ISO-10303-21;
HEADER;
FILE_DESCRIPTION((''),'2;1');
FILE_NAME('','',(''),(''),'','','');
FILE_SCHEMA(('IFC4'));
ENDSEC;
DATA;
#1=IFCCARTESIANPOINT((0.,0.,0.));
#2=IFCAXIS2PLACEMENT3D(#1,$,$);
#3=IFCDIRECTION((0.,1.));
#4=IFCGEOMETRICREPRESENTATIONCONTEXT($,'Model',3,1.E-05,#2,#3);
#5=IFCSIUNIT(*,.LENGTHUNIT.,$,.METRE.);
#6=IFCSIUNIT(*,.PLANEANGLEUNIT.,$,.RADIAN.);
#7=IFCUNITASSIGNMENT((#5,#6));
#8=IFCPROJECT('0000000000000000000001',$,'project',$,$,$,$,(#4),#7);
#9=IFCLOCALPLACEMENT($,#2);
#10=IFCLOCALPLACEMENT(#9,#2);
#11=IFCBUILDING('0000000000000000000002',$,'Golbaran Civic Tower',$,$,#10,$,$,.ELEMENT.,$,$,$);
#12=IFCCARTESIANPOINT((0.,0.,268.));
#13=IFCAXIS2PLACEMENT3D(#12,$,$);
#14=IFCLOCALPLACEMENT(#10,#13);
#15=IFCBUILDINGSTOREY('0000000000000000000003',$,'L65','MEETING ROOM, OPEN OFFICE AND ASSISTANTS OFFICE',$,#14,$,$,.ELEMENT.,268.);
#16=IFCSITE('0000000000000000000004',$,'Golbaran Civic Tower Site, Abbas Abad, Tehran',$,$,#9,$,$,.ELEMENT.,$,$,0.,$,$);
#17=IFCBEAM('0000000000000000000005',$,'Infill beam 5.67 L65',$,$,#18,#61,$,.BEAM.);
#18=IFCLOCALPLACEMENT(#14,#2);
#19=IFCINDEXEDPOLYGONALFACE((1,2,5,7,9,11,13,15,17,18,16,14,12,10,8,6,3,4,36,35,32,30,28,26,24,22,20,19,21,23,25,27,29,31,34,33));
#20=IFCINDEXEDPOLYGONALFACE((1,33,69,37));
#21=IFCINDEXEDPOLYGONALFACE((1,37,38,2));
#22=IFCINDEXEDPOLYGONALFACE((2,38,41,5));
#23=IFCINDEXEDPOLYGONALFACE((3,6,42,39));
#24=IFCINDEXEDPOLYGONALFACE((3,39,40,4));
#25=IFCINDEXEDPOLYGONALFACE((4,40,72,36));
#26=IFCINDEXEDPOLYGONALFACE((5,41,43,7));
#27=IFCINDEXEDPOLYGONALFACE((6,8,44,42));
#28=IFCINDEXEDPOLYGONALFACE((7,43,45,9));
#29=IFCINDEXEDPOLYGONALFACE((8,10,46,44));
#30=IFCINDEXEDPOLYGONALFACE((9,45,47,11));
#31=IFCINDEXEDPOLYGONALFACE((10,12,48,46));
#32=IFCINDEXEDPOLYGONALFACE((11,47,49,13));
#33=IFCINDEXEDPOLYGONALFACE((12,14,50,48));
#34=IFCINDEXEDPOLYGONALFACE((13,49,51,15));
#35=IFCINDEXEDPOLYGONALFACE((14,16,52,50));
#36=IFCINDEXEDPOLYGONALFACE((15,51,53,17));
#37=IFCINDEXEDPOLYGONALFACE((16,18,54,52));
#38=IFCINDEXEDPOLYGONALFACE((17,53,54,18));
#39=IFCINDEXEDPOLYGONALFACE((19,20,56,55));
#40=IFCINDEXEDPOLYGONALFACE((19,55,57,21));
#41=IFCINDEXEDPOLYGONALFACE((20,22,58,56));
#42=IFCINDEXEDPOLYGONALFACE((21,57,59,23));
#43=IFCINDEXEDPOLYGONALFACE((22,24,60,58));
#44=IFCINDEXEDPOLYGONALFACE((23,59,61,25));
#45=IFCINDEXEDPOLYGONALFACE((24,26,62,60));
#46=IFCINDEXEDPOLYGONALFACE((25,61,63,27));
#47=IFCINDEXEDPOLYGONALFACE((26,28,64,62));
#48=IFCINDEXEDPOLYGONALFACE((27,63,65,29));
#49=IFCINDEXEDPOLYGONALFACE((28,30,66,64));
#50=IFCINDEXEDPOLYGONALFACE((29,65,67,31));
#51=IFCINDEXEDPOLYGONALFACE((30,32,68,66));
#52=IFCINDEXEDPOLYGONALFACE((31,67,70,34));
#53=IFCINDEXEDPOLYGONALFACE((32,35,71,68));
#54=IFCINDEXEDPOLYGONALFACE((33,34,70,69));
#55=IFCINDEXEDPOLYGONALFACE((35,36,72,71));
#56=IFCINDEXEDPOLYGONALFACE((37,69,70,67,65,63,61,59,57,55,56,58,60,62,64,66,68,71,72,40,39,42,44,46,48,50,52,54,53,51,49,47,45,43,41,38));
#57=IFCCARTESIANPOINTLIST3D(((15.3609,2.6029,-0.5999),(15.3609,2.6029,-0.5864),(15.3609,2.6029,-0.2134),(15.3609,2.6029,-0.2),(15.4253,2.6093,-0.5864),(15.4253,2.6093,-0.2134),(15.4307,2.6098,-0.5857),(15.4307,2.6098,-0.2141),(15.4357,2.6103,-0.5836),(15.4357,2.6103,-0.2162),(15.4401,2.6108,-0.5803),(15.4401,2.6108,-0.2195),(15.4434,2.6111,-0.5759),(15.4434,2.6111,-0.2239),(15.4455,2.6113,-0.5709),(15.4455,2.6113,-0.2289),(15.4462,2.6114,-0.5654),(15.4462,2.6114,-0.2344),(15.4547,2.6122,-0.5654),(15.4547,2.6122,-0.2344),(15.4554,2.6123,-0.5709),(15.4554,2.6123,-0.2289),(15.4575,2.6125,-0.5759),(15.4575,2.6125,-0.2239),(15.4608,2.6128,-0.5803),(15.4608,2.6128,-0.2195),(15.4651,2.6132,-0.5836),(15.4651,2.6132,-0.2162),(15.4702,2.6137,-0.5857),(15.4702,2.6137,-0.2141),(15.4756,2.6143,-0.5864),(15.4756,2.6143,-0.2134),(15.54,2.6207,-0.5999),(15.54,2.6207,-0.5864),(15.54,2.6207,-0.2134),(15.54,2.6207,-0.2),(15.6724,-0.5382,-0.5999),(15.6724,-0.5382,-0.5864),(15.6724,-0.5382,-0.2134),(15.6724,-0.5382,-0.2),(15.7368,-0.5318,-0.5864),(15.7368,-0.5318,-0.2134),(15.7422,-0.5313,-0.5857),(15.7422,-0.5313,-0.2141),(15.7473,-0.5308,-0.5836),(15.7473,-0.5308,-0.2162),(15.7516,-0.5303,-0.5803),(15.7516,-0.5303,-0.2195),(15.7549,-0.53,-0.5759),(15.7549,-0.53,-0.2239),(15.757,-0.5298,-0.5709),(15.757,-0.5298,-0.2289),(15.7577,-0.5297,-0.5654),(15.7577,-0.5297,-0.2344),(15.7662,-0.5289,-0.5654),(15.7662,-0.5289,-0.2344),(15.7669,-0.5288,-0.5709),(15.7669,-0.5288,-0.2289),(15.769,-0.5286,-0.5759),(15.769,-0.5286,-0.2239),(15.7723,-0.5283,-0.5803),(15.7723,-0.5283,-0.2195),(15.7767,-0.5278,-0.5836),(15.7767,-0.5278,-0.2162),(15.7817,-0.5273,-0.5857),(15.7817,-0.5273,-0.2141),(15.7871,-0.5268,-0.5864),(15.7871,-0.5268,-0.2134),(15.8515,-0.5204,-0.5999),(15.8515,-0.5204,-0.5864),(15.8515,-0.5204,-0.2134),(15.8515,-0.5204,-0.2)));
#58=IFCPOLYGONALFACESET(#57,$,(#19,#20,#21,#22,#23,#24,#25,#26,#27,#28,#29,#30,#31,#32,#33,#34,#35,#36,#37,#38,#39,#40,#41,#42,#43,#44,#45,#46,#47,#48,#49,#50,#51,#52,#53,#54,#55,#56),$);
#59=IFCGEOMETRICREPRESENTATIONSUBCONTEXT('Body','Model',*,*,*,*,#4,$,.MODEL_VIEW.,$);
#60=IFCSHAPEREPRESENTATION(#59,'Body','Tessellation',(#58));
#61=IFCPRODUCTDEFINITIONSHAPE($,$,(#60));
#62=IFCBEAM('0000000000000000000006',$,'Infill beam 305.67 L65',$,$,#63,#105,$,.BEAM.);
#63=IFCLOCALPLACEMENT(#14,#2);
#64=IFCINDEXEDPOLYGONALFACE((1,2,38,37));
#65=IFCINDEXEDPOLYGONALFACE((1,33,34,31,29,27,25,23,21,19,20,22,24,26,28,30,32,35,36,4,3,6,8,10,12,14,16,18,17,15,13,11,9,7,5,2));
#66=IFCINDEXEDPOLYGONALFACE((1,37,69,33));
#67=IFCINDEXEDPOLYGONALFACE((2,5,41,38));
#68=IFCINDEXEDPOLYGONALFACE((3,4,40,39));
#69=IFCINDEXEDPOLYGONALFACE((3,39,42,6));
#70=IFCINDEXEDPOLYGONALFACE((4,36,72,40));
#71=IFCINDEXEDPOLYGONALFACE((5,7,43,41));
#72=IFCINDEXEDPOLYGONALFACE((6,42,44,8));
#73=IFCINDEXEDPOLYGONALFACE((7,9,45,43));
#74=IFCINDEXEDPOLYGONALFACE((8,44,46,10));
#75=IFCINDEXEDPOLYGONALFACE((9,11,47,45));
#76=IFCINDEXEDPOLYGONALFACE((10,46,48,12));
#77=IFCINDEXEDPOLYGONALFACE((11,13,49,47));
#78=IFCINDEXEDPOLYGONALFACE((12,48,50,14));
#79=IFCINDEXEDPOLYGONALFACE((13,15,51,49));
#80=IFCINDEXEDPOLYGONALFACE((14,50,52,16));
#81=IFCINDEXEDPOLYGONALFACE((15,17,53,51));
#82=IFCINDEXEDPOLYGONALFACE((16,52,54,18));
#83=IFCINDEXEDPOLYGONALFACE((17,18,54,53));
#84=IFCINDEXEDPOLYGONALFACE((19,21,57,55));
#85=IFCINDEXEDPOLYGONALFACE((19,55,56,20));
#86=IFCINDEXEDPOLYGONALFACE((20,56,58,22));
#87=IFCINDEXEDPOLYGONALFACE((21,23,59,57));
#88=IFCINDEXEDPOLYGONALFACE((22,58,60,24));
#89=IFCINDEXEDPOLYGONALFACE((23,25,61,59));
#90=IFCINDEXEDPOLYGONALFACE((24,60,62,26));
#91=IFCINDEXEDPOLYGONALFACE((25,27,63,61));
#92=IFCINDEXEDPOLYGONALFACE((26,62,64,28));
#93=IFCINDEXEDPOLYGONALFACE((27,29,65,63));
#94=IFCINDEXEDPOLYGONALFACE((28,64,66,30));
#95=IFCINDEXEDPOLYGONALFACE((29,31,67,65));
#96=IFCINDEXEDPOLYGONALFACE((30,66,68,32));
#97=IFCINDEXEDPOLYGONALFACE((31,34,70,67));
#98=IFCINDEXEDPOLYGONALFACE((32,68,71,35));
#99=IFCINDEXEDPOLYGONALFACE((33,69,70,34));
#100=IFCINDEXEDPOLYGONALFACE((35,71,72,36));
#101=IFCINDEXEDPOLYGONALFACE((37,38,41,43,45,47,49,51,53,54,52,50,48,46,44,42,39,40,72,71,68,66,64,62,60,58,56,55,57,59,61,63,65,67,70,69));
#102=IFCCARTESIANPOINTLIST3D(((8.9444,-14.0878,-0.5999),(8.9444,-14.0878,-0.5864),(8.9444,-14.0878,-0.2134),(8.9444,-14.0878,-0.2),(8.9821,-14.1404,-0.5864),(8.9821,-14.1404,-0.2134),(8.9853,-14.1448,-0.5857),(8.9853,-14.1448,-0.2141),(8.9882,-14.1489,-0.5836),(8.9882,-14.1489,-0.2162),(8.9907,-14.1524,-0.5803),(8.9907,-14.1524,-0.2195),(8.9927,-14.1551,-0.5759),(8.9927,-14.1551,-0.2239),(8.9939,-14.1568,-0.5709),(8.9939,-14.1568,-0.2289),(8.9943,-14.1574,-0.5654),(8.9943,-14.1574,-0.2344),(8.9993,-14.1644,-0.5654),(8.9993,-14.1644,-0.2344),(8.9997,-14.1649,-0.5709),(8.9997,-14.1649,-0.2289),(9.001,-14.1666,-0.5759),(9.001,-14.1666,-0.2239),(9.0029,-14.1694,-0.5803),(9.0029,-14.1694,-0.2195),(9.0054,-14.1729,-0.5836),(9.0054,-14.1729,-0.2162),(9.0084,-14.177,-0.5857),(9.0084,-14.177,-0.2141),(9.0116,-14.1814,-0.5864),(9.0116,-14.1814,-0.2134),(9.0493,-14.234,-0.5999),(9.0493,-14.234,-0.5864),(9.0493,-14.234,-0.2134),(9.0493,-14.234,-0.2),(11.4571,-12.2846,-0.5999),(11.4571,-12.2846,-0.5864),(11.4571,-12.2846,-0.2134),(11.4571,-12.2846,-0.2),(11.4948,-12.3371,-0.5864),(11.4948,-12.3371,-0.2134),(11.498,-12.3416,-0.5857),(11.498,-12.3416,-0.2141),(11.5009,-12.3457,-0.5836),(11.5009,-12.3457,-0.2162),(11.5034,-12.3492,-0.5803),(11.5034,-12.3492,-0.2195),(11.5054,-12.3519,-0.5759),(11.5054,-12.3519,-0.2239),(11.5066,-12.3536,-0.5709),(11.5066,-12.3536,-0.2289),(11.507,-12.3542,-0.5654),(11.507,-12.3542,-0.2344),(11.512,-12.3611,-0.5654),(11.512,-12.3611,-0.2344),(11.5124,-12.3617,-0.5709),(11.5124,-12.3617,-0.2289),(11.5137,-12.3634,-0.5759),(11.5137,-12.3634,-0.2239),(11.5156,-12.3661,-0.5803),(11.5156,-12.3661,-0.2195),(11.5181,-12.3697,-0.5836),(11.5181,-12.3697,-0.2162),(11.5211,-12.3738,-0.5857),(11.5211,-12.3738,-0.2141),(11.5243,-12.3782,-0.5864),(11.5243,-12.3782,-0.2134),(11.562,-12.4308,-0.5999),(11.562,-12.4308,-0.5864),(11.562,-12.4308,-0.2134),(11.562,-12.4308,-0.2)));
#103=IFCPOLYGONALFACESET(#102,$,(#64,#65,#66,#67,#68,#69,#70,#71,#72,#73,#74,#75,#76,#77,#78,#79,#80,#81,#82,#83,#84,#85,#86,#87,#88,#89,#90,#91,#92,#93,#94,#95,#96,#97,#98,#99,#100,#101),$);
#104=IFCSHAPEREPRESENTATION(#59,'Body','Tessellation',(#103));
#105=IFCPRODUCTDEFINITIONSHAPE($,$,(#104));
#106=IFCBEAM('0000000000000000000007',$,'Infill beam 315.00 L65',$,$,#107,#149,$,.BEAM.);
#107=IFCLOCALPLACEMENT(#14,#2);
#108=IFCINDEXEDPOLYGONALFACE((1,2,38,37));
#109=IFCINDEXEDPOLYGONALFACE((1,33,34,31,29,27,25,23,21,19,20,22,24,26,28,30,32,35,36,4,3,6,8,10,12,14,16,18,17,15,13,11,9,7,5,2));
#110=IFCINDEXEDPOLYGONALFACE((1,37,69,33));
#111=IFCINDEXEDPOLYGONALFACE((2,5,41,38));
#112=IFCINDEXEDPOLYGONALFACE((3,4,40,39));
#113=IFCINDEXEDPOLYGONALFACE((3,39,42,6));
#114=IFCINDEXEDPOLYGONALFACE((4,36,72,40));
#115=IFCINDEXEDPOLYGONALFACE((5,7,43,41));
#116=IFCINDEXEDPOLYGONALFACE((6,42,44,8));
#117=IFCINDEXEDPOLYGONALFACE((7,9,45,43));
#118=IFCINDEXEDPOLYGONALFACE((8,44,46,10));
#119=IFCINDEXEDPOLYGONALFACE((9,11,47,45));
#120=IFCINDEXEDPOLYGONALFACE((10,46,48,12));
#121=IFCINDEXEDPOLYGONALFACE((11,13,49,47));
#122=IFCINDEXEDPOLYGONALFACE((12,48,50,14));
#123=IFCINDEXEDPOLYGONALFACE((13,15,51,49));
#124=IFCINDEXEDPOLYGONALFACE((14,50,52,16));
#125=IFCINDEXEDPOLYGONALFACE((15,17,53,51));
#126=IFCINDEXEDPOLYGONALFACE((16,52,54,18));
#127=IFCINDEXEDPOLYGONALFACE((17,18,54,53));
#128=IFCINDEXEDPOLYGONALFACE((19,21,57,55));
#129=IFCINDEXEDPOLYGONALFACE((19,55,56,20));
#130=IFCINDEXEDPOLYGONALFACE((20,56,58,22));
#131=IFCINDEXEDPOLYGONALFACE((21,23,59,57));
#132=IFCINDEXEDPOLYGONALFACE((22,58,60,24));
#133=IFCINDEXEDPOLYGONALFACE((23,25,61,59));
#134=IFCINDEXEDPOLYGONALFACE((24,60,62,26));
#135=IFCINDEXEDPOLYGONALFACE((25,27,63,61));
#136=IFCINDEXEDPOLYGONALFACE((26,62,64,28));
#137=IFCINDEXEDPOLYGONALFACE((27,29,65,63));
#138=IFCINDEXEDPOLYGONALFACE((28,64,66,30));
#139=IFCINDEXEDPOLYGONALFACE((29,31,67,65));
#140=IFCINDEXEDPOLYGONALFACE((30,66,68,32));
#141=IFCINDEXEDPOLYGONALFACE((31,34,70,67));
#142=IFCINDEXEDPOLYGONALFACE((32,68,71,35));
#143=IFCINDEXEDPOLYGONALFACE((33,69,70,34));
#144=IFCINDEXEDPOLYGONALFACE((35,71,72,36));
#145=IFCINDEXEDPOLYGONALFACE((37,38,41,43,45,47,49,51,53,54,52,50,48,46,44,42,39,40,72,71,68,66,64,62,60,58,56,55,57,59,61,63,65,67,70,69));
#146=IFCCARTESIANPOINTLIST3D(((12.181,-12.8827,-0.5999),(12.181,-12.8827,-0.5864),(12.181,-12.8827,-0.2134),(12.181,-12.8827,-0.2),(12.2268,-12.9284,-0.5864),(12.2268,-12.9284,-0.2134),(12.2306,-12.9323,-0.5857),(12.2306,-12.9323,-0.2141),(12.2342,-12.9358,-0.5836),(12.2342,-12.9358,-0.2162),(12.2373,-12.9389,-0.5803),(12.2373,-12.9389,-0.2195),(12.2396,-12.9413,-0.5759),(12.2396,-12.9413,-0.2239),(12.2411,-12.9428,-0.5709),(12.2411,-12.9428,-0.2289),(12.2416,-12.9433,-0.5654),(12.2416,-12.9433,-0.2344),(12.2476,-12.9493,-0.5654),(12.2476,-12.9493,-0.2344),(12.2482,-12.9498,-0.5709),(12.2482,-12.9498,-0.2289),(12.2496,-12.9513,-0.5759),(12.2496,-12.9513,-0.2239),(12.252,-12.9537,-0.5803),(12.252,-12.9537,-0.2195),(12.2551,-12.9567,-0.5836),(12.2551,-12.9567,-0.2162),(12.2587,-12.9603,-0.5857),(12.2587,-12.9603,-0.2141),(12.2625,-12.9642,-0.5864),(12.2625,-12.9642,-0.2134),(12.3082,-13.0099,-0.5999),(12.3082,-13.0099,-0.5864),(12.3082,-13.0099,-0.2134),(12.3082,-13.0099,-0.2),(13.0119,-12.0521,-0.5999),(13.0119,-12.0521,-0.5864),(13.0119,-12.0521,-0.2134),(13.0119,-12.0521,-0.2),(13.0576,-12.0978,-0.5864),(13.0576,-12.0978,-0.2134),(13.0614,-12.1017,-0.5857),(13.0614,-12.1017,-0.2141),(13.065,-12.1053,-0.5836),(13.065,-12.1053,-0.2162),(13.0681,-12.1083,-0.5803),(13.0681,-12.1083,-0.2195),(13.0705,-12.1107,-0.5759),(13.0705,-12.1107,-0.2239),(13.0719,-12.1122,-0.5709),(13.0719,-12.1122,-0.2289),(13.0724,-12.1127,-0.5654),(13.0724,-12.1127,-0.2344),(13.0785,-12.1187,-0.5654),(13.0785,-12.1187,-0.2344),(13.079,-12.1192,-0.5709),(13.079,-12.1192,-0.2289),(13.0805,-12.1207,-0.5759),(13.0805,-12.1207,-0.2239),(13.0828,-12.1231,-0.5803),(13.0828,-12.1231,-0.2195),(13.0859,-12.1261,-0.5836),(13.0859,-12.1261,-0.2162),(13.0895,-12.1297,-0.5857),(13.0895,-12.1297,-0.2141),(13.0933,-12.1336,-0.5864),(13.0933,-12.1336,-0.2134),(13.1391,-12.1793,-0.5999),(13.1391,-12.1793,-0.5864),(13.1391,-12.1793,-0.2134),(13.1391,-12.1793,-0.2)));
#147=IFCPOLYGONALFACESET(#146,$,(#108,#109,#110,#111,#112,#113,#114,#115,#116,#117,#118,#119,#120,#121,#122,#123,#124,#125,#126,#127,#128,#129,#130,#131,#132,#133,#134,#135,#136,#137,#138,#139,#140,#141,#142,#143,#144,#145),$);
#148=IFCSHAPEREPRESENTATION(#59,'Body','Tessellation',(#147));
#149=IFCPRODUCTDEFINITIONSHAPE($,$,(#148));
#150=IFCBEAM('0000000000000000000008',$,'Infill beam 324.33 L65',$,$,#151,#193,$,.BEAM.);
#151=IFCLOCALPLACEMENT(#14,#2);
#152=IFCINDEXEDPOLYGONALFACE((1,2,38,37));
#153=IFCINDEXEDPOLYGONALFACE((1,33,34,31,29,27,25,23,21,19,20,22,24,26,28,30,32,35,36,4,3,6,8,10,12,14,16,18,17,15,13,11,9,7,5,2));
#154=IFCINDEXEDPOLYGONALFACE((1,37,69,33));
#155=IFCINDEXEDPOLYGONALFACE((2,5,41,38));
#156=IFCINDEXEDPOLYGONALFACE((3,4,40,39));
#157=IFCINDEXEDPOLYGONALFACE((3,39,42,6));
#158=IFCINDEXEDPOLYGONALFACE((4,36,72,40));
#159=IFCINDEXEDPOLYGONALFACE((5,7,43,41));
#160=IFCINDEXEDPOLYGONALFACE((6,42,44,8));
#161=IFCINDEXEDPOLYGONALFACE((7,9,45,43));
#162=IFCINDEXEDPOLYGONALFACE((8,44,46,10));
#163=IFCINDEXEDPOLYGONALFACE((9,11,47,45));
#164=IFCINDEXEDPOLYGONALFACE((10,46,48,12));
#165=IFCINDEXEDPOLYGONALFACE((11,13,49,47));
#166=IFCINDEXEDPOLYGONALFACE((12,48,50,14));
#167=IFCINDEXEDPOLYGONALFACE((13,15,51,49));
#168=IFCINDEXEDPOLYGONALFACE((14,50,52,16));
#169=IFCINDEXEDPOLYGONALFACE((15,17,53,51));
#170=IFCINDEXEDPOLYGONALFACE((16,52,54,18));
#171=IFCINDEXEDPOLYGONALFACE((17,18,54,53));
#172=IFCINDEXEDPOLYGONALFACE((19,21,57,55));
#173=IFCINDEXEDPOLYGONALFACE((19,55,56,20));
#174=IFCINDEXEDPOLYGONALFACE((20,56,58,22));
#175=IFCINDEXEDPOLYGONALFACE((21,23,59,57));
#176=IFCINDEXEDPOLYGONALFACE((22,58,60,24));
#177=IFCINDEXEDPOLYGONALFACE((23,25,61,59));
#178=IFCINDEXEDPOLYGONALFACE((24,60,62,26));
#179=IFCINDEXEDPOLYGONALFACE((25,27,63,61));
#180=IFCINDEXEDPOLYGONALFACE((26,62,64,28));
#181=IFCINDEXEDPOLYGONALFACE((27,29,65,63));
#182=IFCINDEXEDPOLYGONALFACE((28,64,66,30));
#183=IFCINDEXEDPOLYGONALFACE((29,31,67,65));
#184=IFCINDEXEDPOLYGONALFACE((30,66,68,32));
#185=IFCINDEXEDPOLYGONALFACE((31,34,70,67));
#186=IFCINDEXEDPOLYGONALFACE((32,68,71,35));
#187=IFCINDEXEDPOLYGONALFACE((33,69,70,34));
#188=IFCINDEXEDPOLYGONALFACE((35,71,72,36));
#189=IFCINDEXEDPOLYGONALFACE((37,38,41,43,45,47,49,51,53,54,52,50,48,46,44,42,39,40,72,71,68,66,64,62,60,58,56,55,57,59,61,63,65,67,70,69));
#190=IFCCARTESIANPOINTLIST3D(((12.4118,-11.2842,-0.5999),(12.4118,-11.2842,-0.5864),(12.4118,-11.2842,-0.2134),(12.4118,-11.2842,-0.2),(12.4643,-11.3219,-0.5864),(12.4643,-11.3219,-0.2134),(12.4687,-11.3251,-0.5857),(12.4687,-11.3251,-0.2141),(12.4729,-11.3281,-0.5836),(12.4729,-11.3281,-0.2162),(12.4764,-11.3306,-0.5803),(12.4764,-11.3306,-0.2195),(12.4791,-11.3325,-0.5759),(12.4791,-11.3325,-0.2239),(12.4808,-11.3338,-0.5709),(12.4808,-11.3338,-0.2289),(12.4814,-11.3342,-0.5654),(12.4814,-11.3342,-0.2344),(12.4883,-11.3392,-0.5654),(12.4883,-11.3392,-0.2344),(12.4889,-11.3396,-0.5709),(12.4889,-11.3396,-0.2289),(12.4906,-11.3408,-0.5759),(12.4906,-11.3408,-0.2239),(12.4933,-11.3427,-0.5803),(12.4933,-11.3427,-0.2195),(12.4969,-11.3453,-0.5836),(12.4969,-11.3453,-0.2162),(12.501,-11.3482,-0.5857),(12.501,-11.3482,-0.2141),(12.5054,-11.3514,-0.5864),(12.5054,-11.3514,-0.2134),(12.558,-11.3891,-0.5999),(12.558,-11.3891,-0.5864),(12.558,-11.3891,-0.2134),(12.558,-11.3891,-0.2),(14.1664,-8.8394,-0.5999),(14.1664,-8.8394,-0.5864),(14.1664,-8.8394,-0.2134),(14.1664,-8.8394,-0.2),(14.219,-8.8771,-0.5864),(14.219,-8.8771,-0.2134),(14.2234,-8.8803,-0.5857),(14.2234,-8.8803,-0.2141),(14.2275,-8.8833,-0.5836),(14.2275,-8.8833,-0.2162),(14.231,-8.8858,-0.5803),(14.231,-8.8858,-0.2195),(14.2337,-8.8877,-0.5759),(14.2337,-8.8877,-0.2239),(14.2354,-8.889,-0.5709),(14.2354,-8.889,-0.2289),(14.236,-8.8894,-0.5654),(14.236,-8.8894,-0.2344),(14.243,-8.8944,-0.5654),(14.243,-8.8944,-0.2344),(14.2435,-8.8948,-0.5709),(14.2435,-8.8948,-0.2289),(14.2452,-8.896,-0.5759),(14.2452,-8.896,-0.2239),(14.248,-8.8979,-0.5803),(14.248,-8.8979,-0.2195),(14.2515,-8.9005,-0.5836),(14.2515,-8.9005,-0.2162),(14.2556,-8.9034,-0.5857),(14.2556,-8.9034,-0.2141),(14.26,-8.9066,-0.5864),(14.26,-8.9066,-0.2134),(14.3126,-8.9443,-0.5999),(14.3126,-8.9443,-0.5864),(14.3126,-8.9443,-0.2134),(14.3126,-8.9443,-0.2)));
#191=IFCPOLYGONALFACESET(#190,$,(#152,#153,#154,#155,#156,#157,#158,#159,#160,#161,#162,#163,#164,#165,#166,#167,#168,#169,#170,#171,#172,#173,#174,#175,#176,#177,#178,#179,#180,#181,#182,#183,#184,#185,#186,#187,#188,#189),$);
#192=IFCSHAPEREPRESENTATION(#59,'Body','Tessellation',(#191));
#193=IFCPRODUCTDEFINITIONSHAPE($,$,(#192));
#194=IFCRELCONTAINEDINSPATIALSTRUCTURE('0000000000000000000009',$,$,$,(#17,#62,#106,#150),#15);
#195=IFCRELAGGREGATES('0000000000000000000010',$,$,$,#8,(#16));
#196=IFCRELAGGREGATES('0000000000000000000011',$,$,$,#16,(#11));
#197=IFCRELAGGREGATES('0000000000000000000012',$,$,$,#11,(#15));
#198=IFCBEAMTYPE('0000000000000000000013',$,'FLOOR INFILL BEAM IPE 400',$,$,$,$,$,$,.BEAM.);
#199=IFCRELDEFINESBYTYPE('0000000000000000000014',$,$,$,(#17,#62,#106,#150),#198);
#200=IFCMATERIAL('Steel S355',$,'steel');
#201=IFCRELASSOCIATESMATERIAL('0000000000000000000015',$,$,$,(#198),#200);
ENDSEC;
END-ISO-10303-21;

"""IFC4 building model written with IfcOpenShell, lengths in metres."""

from ifc_helpers import new_model, si_unit, direction, frame, origin, origin_2d, place, context, subcontext, project, spatial, i_section, extrude, material, material_profile, profile_set, type_object, element, save


model = new_model("IFC4")

# Units and contexts
model_context = context("Model", 3, precision=1e-05, world=origin(), true_north=direction((0.0, 1.0)))
body_context = subcontext(model_context, "Body", "Model", "MODEL_VIEW")
ifc_project = project(units=[si_unit("LENGTHUNIT", "METRE"), si_unit("PLANEANGLEUNIT", "RADIAN")], contexts=[model_context])

# Site, building, storey
site_placement = place(None, origin())
site = spatial("IfcSite", under=ifc_project, at=site_placement, Name="Golbaran Civic Tower Site, Abbas Abad, Tehran", CompositionType="ELEMENT", RefElevation=0.0)
building_placement = place(site_placement, origin())
building = spatial("IfcBuilding", under=site, at=building_placement, Name="Golbaran Civic Tower", CompositionType="ELEMENT")
storey_placement = place(building_placement, frame((0.0, 0.0, 268.0)))
storey = spatial("IfcBuildingStorey", under=building, at=storey_placement, Name="L65", Description="MEETING ROOM, OPEN OFFICE AND ASSISTANTS OFFICE", CompositionType="ELEMENT", Elevation=268.0)

# Beams
ifc_material_1 = material(Name="Steel S355", Category="steel")
ifc_material_profile_1 = material_profile(ifc_material_1, i_section(OverallWidth=0.1799, OverallDepth=0.3999, WebThickness=0.0085, FlangeThickness=0.0134, FilletRadius=0.021, at=origin_2d()), Name="IPE 400")
ifc_profile_set_1 = profile_set([ifc_material_profile_1], Name="Steel S355")
beam_type_1 = type_object("IfcBeamType", Name="FLOOR INFILL BEAM IPE 400", PredefinedType="BEAM", material=ifc_profile_set_1)
beam_1_placement = place(storey_placement, frame((15.762, -0.5293, -0.3999), z_axis=(-0.098692, 0.995118, 0.0), x_axis=(-0.995118, -0.098692, 0.0)))
element("IfcBeam", 1, at=beam_1_placement, inside=storey, type_object=beam_type_1, Name="Infill beam 5.67 L65", PredefinedType="BEAM", context=body_context, shape_type="SweptSolid", body=[
    extrude(i_section(OverallWidth=0.1799, OverallDepth=0.3999, WebThickness=0.0085, FlangeThickness=0.0134, FilletRadius=0.021, at=origin_2d()), origin(), (0.0, 0.0, 1.0), 3.1565),
])
beam_2_placement = place(storey_placement, frame((8.9968, -14.1609, -0.3999), z_axis=(0.812441, 0.583044, 0.0), x_axis=(-0.583044, 0.812441, 0.0)))
element("IfcBeam", 2, at=beam_2_placement, inside=storey, type_object=beam_type_1, Name="Infill beam 305.67 L65", PredefinedType="BEAM", context=body_context, shape_type="SweptSolid", body=[
    extrude(i_section(OverallWidth=0.1799, OverallDepth=0.3999, WebThickness=0.0085, FlangeThickness=0.0134, FilletRadius=0.021, at=origin_2d()), origin(), (0.0, 0.0, 1.0), 3.0928),
])
beam_3_placement = place(storey_placement, frame((12.2446, -12.9463, -0.3999), z_axis=(0.707211, 0.707003, 0.0), x_axis=(-0.707003, 0.707211, 0.0)))
element("IfcBeam", 3, at=beam_3_placement, inside=storey, type_object=beam_type_1, Name="Infill beam 315.00 L65", PredefinedType="BEAM", context=body_context, shape_type="SweptSolid", body=[
    extrude(i_section(OverallWidth=0.1799, OverallDepth=0.3999, WebThickness=0.0085, FlangeThickness=0.0134, FilletRadius=0.021, at=origin_2d()), origin(), (0.0, 0.0, 1.0), 1.1748),
])
beam_4_placement = place(storey_placement, frame((12.4849, -11.3367, -0.3999), z_axis=(0.583071, 0.812421, 0.0), x_axis=(-0.812421, 0.583071, 0.0)))
element("IfcBeam", 4, at=beam_4_placement, inside=storey, type_object=beam_type_1, Name="Infill beam 324.33 L65", PredefinedType="BEAM", context=body_context, shape_type="SweptSolid", body=[
    extrude(i_section(OverallWidth=0.1799, OverallDepth=0.3999, WebThickness=0.0085, FlangeThickness=0.0134, FilletRadius=0.021, at=origin_2d()), origin(), (0.0, 0.0, 1.0), 3.0093),
])

save(model, "model.ifc")
